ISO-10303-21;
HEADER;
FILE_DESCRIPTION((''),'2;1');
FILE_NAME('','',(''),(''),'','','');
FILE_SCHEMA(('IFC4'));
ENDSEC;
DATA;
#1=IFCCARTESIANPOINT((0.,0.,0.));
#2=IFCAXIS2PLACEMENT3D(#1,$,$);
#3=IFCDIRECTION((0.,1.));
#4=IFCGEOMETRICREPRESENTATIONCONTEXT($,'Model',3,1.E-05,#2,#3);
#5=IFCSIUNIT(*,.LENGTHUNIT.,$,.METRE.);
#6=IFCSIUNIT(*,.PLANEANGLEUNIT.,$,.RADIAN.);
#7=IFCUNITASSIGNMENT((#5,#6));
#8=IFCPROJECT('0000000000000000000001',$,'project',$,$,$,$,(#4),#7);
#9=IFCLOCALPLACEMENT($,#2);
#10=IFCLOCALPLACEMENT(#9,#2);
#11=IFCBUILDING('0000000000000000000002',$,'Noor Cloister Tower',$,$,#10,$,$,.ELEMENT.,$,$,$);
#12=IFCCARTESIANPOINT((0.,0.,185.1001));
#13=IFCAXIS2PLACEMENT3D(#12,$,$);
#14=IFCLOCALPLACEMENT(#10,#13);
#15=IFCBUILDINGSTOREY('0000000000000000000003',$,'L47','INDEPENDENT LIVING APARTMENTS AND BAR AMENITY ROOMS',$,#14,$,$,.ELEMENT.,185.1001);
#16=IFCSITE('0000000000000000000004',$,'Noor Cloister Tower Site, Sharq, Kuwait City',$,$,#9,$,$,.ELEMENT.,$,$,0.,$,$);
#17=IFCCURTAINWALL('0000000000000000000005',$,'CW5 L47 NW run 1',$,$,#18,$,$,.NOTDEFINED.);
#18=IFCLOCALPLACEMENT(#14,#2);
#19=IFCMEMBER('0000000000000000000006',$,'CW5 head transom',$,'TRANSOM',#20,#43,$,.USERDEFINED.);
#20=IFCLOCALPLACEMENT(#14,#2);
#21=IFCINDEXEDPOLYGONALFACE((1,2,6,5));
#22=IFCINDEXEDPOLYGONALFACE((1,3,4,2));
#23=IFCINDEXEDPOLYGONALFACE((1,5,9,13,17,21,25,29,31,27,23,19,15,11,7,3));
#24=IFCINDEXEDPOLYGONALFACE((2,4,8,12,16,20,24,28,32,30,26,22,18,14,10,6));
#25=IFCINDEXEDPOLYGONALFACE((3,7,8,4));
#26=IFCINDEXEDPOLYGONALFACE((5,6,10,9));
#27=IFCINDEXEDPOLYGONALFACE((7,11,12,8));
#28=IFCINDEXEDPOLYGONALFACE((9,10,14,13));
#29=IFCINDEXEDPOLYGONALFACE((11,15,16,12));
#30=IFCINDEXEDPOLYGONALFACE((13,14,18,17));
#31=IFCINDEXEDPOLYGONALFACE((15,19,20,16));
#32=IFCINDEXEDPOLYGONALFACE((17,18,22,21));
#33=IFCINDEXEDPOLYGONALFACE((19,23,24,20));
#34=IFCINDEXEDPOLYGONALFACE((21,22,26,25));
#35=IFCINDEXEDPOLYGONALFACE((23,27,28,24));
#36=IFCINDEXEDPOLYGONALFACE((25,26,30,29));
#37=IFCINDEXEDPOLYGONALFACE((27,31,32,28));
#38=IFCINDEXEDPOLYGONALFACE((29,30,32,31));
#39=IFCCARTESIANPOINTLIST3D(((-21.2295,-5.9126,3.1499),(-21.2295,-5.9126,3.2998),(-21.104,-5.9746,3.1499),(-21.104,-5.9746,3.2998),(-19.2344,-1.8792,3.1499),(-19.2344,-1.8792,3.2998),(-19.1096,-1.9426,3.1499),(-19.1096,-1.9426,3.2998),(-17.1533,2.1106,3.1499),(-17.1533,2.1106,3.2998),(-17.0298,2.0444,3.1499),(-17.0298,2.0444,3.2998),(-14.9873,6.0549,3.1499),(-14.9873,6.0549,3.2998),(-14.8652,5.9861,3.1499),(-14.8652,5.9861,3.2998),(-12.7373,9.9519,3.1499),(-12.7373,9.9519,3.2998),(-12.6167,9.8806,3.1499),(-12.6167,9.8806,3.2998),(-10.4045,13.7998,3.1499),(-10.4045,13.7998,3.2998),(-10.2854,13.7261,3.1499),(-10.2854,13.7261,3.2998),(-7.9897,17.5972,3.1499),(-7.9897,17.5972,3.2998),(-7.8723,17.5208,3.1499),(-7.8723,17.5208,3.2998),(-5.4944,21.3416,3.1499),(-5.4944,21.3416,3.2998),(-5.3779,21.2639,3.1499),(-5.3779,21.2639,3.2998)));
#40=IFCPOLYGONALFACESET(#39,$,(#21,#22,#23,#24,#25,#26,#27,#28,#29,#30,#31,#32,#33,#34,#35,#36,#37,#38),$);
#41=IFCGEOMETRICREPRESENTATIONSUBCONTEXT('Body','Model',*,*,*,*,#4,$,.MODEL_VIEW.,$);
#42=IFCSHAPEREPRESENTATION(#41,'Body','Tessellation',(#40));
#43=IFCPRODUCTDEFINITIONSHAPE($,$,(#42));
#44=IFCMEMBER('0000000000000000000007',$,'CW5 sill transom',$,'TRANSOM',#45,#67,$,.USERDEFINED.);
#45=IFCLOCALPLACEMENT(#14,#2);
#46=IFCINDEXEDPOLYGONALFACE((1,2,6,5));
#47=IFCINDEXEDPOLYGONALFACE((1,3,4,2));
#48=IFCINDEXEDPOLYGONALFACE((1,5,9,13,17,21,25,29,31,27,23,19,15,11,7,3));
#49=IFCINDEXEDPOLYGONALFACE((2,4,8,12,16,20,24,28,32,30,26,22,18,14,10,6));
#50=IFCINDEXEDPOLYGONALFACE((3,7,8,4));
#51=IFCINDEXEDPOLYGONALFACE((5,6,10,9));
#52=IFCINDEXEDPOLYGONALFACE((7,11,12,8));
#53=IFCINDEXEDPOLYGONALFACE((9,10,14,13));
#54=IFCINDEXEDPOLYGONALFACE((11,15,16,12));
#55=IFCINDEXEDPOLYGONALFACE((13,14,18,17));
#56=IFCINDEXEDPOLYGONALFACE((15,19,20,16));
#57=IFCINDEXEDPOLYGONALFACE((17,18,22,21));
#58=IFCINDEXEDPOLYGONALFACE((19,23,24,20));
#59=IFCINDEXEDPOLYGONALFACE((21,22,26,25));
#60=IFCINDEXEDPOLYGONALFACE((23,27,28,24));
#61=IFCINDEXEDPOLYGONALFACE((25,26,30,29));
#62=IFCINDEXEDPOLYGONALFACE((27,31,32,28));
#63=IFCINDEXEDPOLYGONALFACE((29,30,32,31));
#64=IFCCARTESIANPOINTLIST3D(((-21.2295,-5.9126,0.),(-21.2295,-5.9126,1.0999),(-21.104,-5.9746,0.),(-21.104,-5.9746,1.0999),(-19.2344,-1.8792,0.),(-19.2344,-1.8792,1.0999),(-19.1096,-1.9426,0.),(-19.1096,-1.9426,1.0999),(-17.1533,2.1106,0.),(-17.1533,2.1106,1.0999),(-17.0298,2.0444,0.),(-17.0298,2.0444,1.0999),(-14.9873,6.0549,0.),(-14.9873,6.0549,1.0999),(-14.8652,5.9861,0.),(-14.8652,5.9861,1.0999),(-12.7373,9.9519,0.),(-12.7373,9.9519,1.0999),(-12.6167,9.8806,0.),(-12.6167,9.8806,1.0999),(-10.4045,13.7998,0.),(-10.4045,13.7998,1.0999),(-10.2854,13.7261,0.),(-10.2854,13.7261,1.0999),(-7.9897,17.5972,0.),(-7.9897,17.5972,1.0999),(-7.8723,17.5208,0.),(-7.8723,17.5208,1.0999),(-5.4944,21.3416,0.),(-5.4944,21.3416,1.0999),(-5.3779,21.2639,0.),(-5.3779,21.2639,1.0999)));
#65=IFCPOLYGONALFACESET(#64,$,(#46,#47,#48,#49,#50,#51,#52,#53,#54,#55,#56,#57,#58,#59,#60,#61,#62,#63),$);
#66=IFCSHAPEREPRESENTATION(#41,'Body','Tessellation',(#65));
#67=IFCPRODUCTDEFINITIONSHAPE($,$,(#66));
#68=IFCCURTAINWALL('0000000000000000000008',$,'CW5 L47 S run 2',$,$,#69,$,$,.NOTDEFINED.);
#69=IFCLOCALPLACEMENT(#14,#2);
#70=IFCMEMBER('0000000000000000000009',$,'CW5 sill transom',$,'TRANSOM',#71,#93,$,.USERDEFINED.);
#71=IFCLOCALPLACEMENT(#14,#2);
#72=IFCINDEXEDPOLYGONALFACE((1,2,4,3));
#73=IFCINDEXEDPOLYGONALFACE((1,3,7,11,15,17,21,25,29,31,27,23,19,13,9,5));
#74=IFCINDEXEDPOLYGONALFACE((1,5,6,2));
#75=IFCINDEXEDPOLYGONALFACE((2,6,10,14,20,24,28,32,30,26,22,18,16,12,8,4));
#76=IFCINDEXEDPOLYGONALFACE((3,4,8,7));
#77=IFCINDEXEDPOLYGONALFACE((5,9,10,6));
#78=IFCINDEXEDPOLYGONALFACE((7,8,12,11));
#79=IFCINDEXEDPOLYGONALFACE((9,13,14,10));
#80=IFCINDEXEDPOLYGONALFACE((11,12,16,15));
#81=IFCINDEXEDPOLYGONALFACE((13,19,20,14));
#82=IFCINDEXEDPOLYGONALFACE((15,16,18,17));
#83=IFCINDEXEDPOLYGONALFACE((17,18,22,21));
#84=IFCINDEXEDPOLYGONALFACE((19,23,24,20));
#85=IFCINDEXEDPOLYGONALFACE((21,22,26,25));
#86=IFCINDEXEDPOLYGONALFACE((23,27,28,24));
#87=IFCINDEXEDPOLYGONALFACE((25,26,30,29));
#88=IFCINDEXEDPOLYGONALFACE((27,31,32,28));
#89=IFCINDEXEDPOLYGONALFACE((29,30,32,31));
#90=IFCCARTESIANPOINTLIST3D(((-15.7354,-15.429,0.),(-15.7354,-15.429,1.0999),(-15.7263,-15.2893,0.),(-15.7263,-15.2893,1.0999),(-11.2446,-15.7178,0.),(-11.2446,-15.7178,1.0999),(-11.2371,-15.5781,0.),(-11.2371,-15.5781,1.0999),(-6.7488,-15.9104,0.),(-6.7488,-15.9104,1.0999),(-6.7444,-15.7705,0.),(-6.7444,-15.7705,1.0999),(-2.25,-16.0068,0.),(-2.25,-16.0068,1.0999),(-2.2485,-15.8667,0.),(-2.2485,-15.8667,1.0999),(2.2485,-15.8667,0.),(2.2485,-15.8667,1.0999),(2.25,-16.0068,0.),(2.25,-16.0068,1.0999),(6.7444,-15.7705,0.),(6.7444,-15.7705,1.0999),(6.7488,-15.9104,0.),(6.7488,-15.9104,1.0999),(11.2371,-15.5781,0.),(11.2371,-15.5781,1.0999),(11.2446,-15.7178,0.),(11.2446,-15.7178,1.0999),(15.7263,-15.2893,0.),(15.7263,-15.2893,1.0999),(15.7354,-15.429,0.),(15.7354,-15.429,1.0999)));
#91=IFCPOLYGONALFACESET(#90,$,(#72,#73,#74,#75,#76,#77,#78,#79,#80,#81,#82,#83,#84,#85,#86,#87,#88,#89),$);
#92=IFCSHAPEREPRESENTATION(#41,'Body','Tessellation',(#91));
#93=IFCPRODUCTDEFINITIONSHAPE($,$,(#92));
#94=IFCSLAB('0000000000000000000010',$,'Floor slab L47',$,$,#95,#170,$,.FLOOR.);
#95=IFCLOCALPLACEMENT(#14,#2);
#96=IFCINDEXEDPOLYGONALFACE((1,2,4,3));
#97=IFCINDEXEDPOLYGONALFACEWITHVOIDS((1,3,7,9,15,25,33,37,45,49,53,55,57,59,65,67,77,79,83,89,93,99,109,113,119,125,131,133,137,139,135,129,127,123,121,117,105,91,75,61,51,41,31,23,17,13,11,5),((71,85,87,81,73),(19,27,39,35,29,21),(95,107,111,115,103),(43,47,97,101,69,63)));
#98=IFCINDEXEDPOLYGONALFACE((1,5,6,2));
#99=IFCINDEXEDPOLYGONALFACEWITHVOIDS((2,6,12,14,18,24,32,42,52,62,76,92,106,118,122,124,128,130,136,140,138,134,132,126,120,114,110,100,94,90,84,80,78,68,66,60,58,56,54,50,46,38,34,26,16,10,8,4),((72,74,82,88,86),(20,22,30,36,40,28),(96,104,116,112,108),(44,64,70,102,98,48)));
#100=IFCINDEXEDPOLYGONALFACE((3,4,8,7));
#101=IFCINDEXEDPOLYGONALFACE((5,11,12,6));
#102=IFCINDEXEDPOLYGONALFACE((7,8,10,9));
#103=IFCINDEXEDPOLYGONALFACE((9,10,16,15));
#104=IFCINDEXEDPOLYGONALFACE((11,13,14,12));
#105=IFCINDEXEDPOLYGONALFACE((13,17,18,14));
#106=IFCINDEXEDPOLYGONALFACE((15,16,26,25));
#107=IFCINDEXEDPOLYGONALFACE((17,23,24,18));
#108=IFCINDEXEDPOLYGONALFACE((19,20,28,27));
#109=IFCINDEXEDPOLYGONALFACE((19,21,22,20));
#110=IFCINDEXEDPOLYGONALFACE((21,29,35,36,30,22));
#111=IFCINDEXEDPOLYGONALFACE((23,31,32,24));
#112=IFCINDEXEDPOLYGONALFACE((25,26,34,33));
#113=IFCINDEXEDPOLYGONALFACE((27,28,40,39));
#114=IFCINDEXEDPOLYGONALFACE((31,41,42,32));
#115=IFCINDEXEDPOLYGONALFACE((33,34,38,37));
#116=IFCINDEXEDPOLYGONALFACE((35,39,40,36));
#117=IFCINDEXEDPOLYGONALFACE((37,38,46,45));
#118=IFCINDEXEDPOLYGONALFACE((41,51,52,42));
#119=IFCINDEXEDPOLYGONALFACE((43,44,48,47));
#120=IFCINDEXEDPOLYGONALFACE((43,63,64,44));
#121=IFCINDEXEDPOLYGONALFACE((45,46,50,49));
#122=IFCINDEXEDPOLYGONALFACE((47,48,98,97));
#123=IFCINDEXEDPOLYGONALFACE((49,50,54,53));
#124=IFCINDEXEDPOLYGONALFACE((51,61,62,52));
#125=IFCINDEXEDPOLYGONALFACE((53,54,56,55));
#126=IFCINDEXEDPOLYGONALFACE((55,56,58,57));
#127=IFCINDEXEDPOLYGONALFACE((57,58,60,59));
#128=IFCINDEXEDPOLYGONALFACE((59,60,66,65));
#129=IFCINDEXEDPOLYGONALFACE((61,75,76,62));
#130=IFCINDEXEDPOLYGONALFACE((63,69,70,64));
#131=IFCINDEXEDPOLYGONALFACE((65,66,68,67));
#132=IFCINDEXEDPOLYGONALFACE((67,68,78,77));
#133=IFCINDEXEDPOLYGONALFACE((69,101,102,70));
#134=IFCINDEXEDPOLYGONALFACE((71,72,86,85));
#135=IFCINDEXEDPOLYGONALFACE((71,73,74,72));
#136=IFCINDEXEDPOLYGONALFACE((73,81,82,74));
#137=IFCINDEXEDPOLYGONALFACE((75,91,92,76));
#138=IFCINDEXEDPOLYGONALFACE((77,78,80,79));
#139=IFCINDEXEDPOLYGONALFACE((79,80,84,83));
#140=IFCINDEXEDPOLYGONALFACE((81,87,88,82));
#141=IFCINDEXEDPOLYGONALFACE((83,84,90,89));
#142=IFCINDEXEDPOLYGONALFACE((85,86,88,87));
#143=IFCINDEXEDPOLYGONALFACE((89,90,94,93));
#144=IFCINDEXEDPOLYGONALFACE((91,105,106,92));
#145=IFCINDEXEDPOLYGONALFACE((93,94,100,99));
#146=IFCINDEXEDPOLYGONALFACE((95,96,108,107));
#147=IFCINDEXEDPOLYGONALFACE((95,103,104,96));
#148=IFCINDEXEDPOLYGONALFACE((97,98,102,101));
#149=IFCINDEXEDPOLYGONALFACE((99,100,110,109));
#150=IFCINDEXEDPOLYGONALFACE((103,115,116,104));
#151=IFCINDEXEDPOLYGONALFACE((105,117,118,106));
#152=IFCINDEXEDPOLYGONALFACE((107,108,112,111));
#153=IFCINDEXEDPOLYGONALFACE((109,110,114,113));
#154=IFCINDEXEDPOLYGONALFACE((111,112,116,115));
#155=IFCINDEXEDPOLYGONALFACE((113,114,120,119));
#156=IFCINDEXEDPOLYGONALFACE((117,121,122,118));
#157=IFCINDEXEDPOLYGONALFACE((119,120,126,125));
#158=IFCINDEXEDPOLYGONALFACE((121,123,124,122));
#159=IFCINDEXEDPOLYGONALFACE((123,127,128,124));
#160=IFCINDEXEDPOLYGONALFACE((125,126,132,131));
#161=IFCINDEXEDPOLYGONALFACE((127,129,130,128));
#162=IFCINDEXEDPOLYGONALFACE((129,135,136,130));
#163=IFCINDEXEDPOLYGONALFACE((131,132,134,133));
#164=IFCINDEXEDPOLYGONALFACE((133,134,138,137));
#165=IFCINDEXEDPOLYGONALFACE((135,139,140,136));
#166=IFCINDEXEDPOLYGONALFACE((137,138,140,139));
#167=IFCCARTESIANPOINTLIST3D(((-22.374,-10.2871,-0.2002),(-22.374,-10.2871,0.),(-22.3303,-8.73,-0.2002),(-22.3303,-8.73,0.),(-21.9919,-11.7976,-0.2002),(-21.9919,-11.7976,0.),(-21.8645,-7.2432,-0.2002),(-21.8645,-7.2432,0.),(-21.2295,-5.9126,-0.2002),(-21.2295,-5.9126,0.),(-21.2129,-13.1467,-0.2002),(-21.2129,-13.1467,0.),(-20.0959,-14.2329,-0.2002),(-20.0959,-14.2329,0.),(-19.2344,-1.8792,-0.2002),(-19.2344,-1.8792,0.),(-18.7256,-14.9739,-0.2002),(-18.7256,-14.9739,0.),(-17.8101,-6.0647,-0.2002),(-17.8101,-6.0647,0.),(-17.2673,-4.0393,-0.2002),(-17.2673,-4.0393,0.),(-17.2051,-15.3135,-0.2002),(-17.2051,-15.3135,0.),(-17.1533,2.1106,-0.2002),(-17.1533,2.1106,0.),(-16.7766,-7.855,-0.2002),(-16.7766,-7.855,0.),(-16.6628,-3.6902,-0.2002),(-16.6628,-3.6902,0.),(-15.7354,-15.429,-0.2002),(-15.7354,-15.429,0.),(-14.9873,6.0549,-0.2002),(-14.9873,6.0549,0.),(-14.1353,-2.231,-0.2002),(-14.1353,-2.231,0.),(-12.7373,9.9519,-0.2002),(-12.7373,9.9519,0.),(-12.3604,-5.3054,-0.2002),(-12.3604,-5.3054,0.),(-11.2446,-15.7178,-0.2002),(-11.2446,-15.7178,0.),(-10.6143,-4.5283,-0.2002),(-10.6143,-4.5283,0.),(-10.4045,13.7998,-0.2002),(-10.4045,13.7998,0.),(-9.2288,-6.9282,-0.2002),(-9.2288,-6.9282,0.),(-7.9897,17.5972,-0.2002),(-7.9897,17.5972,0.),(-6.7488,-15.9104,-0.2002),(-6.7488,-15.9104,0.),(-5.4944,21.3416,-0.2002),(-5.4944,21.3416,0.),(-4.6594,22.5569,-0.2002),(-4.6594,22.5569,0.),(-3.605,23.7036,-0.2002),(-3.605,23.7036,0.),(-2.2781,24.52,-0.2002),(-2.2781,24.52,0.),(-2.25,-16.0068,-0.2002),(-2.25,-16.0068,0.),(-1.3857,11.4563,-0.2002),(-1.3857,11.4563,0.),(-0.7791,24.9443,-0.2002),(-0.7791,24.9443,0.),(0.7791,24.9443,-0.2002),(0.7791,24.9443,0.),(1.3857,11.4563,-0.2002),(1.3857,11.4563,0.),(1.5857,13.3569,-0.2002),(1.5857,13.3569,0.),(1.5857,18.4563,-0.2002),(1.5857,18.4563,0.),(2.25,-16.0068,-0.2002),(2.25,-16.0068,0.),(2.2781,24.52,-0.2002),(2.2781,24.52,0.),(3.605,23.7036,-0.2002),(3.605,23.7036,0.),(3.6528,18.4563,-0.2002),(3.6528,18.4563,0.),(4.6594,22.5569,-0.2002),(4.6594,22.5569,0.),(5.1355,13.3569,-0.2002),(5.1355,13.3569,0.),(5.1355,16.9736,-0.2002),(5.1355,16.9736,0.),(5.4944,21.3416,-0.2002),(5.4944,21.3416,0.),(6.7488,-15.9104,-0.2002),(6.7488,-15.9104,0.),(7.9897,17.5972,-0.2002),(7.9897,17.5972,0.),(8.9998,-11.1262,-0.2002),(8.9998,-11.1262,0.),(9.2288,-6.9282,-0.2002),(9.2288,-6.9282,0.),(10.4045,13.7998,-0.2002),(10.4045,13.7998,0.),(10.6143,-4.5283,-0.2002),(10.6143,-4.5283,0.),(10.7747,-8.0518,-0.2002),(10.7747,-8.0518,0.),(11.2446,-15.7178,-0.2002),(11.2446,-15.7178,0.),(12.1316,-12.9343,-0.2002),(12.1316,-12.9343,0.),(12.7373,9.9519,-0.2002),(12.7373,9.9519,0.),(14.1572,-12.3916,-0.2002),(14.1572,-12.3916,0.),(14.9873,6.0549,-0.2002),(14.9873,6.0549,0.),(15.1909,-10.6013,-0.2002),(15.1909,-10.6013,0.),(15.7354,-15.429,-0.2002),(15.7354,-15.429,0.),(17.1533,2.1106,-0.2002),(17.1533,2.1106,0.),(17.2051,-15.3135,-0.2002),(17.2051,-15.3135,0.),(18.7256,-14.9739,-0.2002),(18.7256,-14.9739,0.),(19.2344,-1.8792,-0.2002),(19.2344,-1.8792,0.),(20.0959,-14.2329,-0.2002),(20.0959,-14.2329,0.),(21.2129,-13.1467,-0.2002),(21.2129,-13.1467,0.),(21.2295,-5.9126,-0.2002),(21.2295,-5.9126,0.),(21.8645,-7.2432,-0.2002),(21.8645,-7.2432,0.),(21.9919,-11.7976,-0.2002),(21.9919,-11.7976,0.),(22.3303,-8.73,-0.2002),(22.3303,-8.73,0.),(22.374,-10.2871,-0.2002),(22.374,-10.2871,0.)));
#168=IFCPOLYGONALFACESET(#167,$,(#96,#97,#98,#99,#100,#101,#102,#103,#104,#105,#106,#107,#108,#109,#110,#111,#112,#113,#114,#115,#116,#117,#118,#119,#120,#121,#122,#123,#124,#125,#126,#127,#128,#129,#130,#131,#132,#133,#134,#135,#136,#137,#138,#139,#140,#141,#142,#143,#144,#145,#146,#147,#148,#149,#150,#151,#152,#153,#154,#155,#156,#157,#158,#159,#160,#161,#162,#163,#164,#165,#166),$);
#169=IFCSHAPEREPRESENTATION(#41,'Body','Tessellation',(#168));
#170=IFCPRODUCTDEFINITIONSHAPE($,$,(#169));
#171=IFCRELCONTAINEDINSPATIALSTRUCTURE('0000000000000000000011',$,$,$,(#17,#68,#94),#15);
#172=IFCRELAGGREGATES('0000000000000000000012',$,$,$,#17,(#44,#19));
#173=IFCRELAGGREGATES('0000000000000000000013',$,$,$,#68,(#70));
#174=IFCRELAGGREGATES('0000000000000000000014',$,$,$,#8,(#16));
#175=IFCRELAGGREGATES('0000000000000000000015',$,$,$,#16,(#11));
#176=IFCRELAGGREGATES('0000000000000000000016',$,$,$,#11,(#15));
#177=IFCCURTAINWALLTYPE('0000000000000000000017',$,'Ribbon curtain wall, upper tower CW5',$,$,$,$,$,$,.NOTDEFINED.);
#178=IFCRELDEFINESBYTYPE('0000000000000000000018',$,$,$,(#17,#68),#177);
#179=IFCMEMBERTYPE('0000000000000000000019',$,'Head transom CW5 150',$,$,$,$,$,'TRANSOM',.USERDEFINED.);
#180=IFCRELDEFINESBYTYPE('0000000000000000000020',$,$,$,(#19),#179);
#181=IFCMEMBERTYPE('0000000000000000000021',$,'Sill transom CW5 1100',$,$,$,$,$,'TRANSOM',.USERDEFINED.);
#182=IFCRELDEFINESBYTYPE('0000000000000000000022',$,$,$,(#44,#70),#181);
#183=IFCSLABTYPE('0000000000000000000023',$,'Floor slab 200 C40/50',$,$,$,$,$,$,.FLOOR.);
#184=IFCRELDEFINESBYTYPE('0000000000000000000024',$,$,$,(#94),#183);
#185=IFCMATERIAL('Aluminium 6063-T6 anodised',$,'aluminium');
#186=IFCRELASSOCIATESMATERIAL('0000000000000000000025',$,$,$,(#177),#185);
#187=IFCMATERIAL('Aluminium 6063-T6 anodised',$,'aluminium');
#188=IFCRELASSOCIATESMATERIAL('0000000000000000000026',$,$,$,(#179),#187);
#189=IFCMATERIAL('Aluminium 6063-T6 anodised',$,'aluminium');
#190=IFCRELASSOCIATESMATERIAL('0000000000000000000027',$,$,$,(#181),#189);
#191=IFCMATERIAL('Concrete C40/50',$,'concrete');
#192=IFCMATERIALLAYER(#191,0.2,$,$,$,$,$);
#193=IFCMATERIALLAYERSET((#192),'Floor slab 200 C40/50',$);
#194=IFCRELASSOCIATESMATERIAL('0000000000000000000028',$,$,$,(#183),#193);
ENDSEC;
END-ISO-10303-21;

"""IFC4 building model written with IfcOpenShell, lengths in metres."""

from ifc_helpers import new_model, si_unit, direction, frame, origin, place, context, subcontext, project, spatial, polyline, outline, extrude, material, layer, layer_set, type_object, element, aggregate, save


model = new_model("IFC4")

# Units and contexts
model_context = context("Model", 3, precision=1e-05, world=origin(), true_north=direction((0.0, 1.0)))
body_context = subcontext(model_context, "Body", "Model", "MODEL_VIEW")
ifc_project = project(units=[si_unit("LENGTHUNIT", "METRE"), si_unit("PLANEANGLEUNIT", "RADIAN")], contexts=[model_context])

# Site, building, storey
site_placement = place(None, origin())
site = spatial("IfcSite", under=ifc_project, at=site_placement, Name="Noor Cloister Tower Site, Sharq, Kuwait City", CompositionType="ELEMENT", RefElevation=0.0)
building_placement = place(site_placement, origin())
building = spatial("IfcBuilding", under=site, at=building_placement, Name="Noor Cloister Tower", CompositionType="ELEMENT")
storey_placement = place(building_placement, frame((0.0, 0.0, 185.1001)))
storey = spatial("IfcBuildingStorey", under=building, at=storey_placement, Name="L47", Description="INDEPENDENT LIVING APARTMENTS AND BAR AMENITY ROOMS", CompositionType="ELEMENT", Elevation=185.1001)

# Curtain wall, members
ifc_material_1 = material(Name="Aluminium 6063-T6 anodised", Category="aluminium")
curtain_wall_type = type_object("IfcCurtainWallType", Name="Ribbon curtain wall, upper tower CW5", PredefinedType="NOTDEFINED", material=ifc_material_1)
curtain_wall_1_placement = place(storey_placement, origin())
curtain_wall_1 = element("IfcCurtainWall", 1, at=curtain_wall_1_placement, inside=storey, type_object=curtain_wall_type, Name="CW5 L47 NW run 1", PredefinedType="NOTDEFINED")
ifc_material_2 = material(Name="Aluminium 6063-T6 anodised", Category="aluminium")
member_type_1 = type_object("IfcMemberType", Name="Head transom CW5 150", ElementType="TRANSOM", PredefinedType="USERDEFINED", material=ifc_material_2)
member_1_placement = place(storey_placement, frame((0.0, 0.0, 3.1499)))
member_1 = element("IfcMember", 2, at=member_1_placement, type_object=member_type_1, Name="CW5 head transom", ObjectType="TRANSOM", PredefinedType="USERDEFINED", context=body_context, shape_type="SweptSolid", body=[
    extrude(outline(polyline([(-5.4944, 21.3416), (-7.9897, 17.5972), (-10.4045, 13.7998), (-12.7373, 9.9519), (-14.9873, 6.0549), (-17.1533, 2.1106), (-19.2344, -1.8792), (-21.2295, -5.9126), (-21.104, -5.9746), (-19.1096, -1.9426), (-17.0298, 2.0444), (-14.8652, 5.9861), (-12.6167, 9.8806), (-10.2854, 13.7261), (-7.8723, 17.5208), (-5.3779, 21.2639), (-5.4944, 21.3416)])), origin(), (0.0, 0.0, 1.0), 0.1499),
])
ifc_material_3 = material(Name="Aluminium 6063-T6 anodised", Category="aluminium")
member_type_2 = type_object("IfcMemberType", Name="Sill transom CW5 1100", ElementType="TRANSOM", PredefinedType="USERDEFINED", material=ifc_material_3)
member_2_placement = place(storey_placement, origin())
member_2 = element("IfcMember", 3, at=member_2_placement, type_object=member_type_2, Name="CW5 sill transom", ObjectType="TRANSOM", PredefinedType="USERDEFINED", context=body_context, shape_type="SweptSolid", body=[
    extrude(outline(polyline([(-5.4944, 21.3416), (-7.9897, 17.5972), (-10.4045, 13.7998), (-12.7373, 9.9519), (-14.9873, 6.0549), (-17.1533, 2.1106), (-19.2344, -1.8792), (-21.2295, -5.9126), (-21.104, -5.9746), (-19.1096, -1.9426), (-17.0298, 2.0444), (-14.8652, 5.9861), (-12.6167, 9.8806), (-10.2854, 13.7261), (-7.8723, 17.5208), (-5.3779, 21.2639), (-5.4944, 21.3416)])), origin(), (0.0, 0.0, 1.0), 1.0999),
])
aggregate(curtain_wall_1, [member_2, member_1])

# Curtain wall, member
curtain_wall_2_placement = place(storey_placement, origin())
curtain_wall_2 = element("IfcCurtainWall", 4, at=curtain_wall_2_placement, inside=storey, type_object=curtain_wall_type, Name="CW5 L47 S run 2", PredefinedType="NOTDEFINED")
member_3_placement = place(storey_placement, origin())
member_3 = element("IfcMember", 5, at=member_3_placement, type_object=member_type_2, Name="CW5 sill transom", ObjectType="TRANSOM", PredefinedType="USERDEFINED", context=body_context, shape_type="SweptSolid", body=[
    extrude(outline(polyline([(-15.7354, -15.429), (-11.2446, -15.7178), (-6.7488, -15.9104), (-2.25, -16.0068), (2.25, -16.0068), (6.7488, -15.9104), (11.2446, -15.7178), (15.7354, -15.429), (15.7263, -15.2893), (11.2371, -15.5781), (6.7444, -15.7705), (2.2485, -15.8667), (-2.2485, -15.8667), (-6.7444, -15.7705), (-11.2371, -15.5781), (-15.7263, -15.2893), (-15.7354, -15.429)])), origin(), (0.0, 0.0, 1.0), 1.0999),
])
aggregate(curtain_wall_2, [member_3])

# Slab
ifc_material_4 = material(Name="Concrete C40/50", Category="concrete")
ifc_layer_1 = layer(ifc_material_4, 0.2)
ifc_layer_set_1 = layer_set([ifc_layer_1], Name="Floor slab 200 C40/50")
slab_type_1 = type_object("IfcSlabType", Name="Floor slab 200 C40/50", PredefinedType="FLOOR", material=ifc_layer_set_1)
slab_1_placement = place(storey_placement, frame((0.0, 0.0, -0.2002)))
element("IfcSlab", 6, at=slab_1_placement, inside=storey, type_object=slab_type_1, Name="Floor slab L47", PredefinedType="FLOOR", context=body_context, shape_type="SweptSolid", body=[
    extrude(outline(polyline([(4.6594, 22.5569), (3.605, 23.7036), (2.2781, 24.52), (0.7791, 24.9443), (-0.7791, 24.9443), (-2.2781, 24.52), (-3.605, 23.7036), (-4.6594, 22.5569), (-5.4944, 21.3416), (-7.9897, 17.5972), (-10.4045, 13.7998), (-12.7373, 9.9519), (-14.9873, 6.0549), (-17.1533, 2.1106), (-19.2344, -1.8792), (-21.2295, -5.9126), (-21.8645, -7.2432), (-22.3303, -8.73), (-22.374, -10.2871), (-21.9919, -11.7976), (-21.2129, -13.1467), (-20.0959, -14.2329), (-18.7256, -14.9739), (-17.2051, -15.3135), (-15.7354, -15.429), (-11.2446, -15.7178), (-6.7488, -15.9104), (-2.25, -16.0068), (2.25, -16.0068), (6.7488, -15.9104), (11.2446, -15.7178), (15.7354, -15.429), (17.2051, -15.3135), (18.7256, -14.9739), (20.0959, -14.2329), (21.2129, -13.1467), (21.9919, -11.7976), (22.374, -10.2871), (22.3303, -8.73), (21.8645, -7.2432), (21.2295, -5.9126), (19.2344, -1.8792), (17.1533, 2.1106), (14.9873, 6.0549), (12.7373, 9.9519), (10.4045, 13.7998), (7.9897, 17.5972), (5.4944, 21.3416), (4.6594, 22.5569)]), holes=[polyline([(8.9998, -11.1262), (12.1316, -12.9343), (14.1572, -12.3916), (15.1909, -10.6013), (10.7747, -8.0518), (8.9998, -11.1262)]), polyline([(-17.8101, -6.0647), (-16.7766, -7.855), (-12.3604, -5.3054), (-14.1353, -2.231), (-16.6628, -3.6902), (-17.2673, -4.0393), (-17.8101, -6.0647)]), polyline([(-10.6143, -4.5283), (-9.2288, -6.9282), (9.2288, -6.9282), (10.6143, -4.5283), (1.3857, 11.4563), (-1.3857, 11.4563), (-10.6143, -4.5283)]), polyline([(3.6528, 18.4563), (1.5857, 18.4563), (1.5857, 13.3569), (5.1355, 13.3569), (5.1355, 16.9736), (3.6528, 18.4563)])]), origin(), (0.0, 0.0, 1.0), 0.2002),
])

save(model, "model.ifc")
